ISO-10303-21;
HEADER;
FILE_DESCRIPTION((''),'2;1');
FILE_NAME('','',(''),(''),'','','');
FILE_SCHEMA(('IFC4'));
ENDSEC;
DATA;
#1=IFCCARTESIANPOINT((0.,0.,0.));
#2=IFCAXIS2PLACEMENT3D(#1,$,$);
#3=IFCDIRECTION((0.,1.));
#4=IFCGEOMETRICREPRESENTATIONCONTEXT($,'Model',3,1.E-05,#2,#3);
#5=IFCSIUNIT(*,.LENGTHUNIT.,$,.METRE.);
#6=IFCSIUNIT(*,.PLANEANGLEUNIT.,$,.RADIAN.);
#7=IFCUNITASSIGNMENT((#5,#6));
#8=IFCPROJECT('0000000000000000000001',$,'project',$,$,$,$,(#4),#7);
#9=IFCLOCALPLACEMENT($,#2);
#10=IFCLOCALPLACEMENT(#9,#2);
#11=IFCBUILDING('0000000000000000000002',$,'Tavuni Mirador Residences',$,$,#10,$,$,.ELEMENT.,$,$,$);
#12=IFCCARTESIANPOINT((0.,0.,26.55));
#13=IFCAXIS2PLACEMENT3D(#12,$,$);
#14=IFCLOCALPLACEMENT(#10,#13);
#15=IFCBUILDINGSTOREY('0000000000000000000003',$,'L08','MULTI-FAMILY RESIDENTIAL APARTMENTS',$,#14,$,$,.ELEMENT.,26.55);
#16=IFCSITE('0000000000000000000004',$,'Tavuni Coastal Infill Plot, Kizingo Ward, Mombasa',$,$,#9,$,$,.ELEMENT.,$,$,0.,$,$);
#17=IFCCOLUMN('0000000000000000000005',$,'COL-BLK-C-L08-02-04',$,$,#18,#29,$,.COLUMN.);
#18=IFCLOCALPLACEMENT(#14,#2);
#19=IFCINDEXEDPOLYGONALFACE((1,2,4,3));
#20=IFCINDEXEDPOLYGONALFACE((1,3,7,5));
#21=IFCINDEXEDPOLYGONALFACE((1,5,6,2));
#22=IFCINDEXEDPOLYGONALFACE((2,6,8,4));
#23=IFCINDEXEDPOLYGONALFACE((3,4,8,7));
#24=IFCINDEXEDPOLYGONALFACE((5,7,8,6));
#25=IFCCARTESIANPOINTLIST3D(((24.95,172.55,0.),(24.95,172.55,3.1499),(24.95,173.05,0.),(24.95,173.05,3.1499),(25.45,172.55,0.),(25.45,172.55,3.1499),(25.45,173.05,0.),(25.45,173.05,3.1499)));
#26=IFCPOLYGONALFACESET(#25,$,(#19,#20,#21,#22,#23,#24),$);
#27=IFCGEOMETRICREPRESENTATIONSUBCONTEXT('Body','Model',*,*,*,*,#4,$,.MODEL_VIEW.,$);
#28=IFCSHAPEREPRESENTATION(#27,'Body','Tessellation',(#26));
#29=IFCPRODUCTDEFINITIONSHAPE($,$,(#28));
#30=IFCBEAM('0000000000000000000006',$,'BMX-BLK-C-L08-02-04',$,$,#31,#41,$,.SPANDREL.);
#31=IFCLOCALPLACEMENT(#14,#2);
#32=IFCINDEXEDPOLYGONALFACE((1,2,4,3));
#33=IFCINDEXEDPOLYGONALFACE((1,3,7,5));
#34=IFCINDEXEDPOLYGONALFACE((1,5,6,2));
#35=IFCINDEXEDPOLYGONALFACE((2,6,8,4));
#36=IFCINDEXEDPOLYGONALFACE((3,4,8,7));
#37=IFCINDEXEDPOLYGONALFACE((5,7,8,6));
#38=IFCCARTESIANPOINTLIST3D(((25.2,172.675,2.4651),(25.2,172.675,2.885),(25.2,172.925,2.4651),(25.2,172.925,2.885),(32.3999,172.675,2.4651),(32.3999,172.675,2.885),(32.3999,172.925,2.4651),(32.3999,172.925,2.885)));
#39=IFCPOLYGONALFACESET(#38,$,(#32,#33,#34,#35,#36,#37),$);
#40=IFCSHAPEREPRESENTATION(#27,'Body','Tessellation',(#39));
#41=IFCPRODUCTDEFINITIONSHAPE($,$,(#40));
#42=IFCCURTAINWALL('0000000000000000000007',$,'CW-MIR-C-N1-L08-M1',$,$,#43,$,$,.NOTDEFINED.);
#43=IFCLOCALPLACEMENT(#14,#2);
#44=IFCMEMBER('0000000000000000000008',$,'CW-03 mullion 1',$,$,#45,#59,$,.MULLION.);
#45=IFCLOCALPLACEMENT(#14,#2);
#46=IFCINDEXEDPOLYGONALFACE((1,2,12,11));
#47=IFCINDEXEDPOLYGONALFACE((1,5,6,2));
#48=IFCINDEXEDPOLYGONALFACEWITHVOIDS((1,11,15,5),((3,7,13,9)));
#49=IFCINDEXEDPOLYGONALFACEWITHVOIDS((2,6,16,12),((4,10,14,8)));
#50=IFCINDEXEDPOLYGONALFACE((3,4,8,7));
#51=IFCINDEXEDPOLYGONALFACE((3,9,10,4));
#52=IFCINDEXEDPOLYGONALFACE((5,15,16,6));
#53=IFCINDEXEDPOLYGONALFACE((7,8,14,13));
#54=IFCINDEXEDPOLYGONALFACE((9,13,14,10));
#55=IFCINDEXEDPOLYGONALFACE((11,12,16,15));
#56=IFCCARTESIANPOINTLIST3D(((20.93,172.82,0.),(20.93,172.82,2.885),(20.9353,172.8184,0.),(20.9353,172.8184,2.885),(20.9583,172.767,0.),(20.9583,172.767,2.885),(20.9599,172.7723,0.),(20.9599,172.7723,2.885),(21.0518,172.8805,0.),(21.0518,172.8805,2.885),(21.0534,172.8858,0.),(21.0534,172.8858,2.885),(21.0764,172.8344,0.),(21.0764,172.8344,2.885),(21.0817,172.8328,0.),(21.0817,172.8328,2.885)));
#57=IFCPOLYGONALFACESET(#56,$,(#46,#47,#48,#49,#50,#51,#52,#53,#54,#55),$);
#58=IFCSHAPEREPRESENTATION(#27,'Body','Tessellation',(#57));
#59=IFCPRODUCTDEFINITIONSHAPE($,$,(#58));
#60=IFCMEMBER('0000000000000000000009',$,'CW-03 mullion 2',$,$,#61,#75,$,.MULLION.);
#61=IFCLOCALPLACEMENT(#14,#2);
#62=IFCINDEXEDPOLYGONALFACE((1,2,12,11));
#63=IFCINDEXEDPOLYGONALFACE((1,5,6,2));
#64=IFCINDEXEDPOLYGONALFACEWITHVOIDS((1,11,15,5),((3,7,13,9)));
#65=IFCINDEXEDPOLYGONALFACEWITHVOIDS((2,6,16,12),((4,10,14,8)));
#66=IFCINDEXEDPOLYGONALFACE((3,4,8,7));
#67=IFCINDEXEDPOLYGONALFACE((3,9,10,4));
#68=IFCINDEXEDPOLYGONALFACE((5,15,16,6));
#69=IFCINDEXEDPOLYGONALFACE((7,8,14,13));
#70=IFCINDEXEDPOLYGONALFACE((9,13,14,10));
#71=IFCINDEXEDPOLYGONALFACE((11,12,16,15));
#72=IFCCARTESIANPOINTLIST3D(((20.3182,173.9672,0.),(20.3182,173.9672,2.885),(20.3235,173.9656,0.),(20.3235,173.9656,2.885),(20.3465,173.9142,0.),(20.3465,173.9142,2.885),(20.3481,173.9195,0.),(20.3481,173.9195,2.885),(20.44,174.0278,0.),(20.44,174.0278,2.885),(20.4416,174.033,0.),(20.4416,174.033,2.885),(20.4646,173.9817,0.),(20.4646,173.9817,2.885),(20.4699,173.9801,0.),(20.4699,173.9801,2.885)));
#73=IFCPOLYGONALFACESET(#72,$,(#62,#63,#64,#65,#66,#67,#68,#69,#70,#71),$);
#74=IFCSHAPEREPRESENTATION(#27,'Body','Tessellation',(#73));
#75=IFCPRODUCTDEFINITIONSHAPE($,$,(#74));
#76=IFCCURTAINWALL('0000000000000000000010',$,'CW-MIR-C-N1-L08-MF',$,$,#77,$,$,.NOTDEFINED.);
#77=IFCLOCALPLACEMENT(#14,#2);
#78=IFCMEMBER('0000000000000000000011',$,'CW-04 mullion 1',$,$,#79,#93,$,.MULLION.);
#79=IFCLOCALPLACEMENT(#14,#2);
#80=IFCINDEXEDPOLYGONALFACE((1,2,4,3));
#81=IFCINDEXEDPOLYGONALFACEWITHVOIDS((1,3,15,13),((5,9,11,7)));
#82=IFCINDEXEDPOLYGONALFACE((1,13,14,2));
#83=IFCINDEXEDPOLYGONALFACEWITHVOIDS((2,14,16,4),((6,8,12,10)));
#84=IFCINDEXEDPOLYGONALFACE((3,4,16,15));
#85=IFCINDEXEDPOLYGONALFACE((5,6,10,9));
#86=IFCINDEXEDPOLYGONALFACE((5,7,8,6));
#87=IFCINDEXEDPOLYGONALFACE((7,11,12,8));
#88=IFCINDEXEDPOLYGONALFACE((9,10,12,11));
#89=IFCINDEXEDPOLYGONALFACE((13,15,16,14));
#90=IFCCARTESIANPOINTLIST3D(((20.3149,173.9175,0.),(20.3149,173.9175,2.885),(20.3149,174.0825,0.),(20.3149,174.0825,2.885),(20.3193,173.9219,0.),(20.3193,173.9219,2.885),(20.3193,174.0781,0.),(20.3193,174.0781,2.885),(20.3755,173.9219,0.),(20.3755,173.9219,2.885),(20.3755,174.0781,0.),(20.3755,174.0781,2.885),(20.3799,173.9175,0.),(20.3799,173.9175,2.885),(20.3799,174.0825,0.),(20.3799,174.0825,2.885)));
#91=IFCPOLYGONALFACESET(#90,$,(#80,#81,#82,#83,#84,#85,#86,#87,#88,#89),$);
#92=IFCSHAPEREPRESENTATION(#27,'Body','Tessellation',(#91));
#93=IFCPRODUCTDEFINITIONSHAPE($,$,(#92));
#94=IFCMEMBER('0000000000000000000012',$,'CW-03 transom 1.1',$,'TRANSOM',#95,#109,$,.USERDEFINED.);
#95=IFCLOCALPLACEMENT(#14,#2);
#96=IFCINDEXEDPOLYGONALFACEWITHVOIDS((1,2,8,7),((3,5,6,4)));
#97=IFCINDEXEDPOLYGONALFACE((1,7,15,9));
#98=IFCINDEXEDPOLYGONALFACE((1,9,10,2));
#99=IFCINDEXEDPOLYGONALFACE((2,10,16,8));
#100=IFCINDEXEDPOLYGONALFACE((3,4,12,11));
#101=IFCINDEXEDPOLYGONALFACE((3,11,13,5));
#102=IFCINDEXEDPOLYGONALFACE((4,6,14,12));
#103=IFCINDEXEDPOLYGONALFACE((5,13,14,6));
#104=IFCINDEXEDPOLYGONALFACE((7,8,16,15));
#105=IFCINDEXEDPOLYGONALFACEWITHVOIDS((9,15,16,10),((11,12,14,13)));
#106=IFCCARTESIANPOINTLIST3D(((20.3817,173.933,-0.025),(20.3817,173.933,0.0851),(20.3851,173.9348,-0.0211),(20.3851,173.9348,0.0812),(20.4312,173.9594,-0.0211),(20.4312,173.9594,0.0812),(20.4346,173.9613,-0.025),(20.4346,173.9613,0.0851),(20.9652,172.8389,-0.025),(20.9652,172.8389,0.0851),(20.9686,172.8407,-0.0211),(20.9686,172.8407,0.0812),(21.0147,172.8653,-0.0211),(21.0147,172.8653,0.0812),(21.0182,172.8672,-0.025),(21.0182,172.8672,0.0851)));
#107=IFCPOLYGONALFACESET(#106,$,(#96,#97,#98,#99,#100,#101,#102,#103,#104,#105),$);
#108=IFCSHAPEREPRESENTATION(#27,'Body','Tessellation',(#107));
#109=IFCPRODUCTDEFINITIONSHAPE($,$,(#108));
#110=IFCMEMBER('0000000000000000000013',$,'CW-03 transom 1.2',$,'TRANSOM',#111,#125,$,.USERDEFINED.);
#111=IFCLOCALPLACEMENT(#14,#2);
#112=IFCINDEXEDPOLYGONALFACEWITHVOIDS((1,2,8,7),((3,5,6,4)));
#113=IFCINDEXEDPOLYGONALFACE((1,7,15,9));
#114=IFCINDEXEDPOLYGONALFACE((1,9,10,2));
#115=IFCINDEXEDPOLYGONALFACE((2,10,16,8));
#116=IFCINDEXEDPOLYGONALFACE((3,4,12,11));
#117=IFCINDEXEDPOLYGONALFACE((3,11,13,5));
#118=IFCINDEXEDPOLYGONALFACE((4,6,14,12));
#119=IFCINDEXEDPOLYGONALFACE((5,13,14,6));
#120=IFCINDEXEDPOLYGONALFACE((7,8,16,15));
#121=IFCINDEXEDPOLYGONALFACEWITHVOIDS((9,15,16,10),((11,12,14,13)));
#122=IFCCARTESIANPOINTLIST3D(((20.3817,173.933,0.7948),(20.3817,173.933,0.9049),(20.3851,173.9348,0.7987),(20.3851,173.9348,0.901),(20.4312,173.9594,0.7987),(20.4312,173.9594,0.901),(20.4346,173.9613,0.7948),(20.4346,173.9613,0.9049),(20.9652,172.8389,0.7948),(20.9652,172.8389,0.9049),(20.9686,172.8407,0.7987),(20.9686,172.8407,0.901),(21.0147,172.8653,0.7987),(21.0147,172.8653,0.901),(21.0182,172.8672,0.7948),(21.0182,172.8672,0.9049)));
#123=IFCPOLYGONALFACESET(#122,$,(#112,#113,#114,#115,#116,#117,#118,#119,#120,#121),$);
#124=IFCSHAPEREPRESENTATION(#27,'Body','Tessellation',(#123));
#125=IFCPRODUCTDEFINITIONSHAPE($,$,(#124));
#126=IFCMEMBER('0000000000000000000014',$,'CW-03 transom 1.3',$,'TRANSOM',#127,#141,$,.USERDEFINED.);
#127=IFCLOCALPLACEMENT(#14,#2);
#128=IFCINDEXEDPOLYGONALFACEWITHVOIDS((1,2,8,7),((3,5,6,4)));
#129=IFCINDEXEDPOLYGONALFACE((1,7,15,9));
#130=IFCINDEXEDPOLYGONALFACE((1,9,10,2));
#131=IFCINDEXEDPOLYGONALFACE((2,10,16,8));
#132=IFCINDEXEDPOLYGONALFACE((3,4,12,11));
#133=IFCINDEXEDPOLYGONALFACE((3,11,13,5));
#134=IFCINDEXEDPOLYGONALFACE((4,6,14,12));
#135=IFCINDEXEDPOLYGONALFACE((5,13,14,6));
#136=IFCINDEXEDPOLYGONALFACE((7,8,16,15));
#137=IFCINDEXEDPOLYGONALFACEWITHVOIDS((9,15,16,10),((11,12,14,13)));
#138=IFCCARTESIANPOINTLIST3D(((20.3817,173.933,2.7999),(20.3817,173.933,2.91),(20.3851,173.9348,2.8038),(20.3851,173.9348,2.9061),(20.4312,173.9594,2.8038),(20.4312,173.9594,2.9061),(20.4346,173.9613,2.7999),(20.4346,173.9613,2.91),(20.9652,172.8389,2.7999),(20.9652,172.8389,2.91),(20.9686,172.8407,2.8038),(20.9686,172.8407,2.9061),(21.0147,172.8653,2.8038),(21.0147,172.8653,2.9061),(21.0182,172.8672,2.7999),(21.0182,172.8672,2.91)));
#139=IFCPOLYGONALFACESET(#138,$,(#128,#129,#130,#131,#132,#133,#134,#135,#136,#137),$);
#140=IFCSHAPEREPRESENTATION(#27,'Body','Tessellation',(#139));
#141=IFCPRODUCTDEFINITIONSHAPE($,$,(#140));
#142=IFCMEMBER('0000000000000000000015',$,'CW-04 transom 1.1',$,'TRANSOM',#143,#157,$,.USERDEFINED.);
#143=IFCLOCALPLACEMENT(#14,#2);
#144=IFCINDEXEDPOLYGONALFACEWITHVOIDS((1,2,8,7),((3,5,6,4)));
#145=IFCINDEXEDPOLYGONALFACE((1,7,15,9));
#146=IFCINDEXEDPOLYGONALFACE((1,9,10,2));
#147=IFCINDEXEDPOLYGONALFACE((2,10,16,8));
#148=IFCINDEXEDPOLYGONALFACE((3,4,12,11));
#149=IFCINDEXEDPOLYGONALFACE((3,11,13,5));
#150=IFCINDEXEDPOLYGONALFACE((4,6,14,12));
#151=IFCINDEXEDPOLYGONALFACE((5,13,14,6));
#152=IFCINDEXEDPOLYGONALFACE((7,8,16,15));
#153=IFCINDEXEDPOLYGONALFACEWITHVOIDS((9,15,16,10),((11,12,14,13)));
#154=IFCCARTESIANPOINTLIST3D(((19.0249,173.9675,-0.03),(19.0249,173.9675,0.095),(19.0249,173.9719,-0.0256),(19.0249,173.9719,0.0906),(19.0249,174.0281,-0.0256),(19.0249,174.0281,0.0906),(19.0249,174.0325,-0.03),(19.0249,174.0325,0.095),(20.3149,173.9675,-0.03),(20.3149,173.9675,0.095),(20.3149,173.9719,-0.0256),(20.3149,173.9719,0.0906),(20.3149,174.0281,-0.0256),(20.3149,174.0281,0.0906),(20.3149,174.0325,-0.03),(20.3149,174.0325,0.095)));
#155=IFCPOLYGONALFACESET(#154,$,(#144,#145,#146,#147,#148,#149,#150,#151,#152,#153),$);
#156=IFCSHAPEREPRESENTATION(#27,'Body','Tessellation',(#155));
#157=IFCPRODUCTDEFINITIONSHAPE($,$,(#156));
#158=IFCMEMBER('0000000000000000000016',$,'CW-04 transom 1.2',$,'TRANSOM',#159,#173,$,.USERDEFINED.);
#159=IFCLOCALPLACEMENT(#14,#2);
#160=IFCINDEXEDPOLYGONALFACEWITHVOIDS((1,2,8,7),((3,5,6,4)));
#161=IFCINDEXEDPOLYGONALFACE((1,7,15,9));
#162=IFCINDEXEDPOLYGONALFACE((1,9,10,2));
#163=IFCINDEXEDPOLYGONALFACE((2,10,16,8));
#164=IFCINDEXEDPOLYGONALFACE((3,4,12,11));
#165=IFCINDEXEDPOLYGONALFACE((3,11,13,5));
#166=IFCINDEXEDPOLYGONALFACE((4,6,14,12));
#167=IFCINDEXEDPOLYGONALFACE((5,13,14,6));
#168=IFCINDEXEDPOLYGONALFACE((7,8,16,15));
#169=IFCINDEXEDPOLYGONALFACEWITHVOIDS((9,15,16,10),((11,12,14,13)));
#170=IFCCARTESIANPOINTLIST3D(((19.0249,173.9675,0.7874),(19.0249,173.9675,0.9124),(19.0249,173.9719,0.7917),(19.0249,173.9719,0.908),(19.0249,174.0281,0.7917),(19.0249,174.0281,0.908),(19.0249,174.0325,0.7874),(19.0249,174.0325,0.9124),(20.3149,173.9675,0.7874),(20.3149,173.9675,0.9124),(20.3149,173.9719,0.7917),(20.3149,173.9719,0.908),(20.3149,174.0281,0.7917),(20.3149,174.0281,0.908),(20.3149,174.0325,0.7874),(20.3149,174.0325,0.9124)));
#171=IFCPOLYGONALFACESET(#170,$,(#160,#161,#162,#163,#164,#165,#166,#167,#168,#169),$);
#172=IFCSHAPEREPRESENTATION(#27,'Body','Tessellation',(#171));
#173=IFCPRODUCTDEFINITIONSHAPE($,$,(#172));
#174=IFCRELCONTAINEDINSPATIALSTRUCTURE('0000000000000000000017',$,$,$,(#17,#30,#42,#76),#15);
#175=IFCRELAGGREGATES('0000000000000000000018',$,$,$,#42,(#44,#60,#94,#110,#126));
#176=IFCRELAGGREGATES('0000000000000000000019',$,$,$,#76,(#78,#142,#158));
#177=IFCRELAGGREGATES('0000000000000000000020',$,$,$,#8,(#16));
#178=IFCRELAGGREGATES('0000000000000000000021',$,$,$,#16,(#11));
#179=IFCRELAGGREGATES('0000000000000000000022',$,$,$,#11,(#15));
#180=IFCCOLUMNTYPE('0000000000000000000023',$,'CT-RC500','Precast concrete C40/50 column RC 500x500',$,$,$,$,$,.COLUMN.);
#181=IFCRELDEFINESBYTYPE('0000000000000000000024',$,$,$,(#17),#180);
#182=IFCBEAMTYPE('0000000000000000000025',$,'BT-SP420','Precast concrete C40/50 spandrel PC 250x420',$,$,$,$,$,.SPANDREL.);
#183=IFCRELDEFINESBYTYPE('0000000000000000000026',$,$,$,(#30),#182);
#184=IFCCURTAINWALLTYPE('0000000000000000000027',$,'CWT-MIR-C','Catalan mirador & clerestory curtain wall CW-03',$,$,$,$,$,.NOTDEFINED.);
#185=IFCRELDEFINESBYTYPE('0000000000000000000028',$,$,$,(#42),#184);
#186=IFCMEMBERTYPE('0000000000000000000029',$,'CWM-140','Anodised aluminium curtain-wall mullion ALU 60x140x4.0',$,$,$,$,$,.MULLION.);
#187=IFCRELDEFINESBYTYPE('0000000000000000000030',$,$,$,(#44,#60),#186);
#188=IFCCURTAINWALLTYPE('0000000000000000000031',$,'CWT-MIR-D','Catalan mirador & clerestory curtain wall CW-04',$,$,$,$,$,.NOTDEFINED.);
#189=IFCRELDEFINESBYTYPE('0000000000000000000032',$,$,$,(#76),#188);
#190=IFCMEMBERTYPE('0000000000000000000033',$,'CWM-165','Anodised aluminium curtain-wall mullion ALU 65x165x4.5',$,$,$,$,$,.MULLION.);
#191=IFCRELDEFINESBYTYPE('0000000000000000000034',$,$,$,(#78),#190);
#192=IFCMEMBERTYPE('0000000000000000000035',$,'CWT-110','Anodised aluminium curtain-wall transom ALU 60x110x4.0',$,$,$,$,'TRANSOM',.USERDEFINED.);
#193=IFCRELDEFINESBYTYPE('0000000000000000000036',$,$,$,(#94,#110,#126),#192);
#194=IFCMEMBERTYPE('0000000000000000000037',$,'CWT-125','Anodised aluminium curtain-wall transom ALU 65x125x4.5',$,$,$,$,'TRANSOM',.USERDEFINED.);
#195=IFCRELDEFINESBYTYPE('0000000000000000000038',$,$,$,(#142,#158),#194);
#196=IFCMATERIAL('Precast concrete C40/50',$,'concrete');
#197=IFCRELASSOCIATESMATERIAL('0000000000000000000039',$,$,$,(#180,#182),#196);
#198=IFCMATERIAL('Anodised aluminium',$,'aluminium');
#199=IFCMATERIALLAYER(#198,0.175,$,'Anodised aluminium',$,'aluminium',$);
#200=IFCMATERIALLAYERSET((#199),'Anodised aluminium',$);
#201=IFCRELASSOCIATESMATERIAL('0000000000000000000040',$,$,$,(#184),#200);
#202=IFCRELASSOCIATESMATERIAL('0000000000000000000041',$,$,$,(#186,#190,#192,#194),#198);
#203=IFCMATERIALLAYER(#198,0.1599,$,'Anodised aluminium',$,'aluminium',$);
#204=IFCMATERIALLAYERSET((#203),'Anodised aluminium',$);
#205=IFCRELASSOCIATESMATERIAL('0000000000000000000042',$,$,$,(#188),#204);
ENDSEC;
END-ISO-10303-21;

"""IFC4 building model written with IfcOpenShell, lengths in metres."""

from ifc_helpers import new_model, si_unit, direction, frame, origin, origin_2d, place, context, subcontext, project, spatial, rectangle, hollow_rectangle, extrude, material, layer, layer_set, material_profile, profile_set, type_object, element, aggregate, save


model = new_model("IFC4")

# Units and contexts
model_context = context("Model", 3, precision=1e-05, world=origin(), true_north=direction((0.0, 1.0)))
body_context = subcontext(model_context, "Body", "Model", "MODEL_VIEW")
ifc_project = project(units=[si_unit("LENGTHUNIT", "METRE"), si_unit("PLANEANGLEUNIT", "RADIAN")], contexts=[model_context])

# Site, building, storey
site_placement = place(None, origin())
site = spatial("IfcSite", under=ifc_project, at=site_placement, Name="Tavuni Coastal Infill Plot, Kizingo Ward, Mombasa", CompositionType="ELEMENT", RefElevation=0.0)
building_placement = place(site_placement, origin())
building = spatial("IfcBuilding", under=site, at=building_placement, Name="Tavuni Mirador Residences", CompositionType="ELEMENT")
storey_placement = place(building_placement, frame((0.0, 0.0, 26.55)))
storey = spatial("IfcBuildingStorey", under=building, at=storey_placement, Name="L08", Description="MULTI-FAMILY RESIDENTIAL APARTMENTS", CompositionType="ELEMENT", Elevation=26.55)

# Column
ifc_material_1 = material(Name="Precast concrete C40/50", Category="concrete")
ifc_material_profile_1 = material_profile(ifc_material_1, rectangle(XDim=0.5, YDim=0.5, at=origin_2d()), Name="RC 500x500", Category="concrete")
ifc_profile_set_1 = profile_set([ifc_material_profile_1], Name="Precast concrete C40/50")
column_type = type_object("IfcColumnType", Name="CT-RC500", Description="Precast concrete C40/50 column RC 500x500", PredefinedType="COLUMN", material=ifc_profile_set_1)
column_placement = place(storey_placement, frame((25.2, 172.8, 0.0), z_axis=(0.0, 0.0, 1.0), x_axis=(1.0, 0.0, 0.0)))
element("IfcColumn", 1, at=column_placement, inside=storey, type_object=column_type, Name="COL-BLK-C-L08-02-04", PredefinedType="COLUMN", context=body_context, shape_type="SweptSolid", body=[
    extrude(rectangle(XDim=0.5, YDim=0.5, at=origin_2d()), origin(), (0.0, 0.0, 1.0), 3.1499),
])

# Beam
ifc_material_profile_2 = material_profile(ifc_material_1, rectangle(XDim=0.25, YDim=0.4199, at=origin_2d()), Name="PC 250x420", Category="concrete")
ifc_profile_set_2 = profile_set([ifc_material_profile_2], Name="Precast concrete C40/50")
beam_type = type_object("IfcBeamType", Name="BT-SP420", Description="Precast concrete C40/50 spandrel PC 250x420", PredefinedType="SPANDREL", material=ifc_profile_set_2)
beam_placement = place(storey_placement, frame((25.2, 172.8, 2.675), z_axis=(1.0, 0.0, 0.0), x_axis=(0.0, 1.0, 0.0)))
element("IfcBeam", 2, at=beam_placement, inside=storey, type_object=beam_type, Name="BMX-BLK-C-L08-02-04", PredefinedType="SPANDREL", context=body_context, shape_type="SweptSolid", body=[
    extrude(rectangle(XDim=0.25, YDim=0.4199, at=origin_2d()), origin(), (0.0, 0.0, 1.0), 7.2),
])

# Curtain wall, members
ifc_material_2 = material(Name="Anodised aluminium", Category="aluminium")
ifc_layer_1 = layer(ifc_material_2, 0.175, Name="Anodised aluminium", Category="aluminium")
ifc_layer_set_1 = layer_set([ifc_layer_1], Name="Anodised aluminium")
curtain_wall_type_1 = type_object("IfcCurtainWallType", Name="CWT-MIR-C", Description="Catalan mirador & clerestory curtain wall CW-03", PredefinedType="NOTDEFINED", material=ifc_layer_set_1)
curtain_wall_1_placement = place(storey_placement, origin())
curtain_wall_1 = element("IfcCurtainWall", 3, at=curtain_wall_1_placement, inside=storey, type_object=curtain_wall_type_1, Name="CW-MIR-C-N1-L08-M1", PredefinedType="NOTDEFINED")
ifc_material_profile_3 = material_profile(ifc_material_2, hollow_rectangle(XDim=0.0601, YDim=0.1399, WallThickness=0.0039, at=origin_2d()), Name="ALU 60x140x4.0", Category="aluminium")
ifc_profile_set_3 = profile_set([ifc_material_profile_3], Name="Anodised aluminium")
member_type_1 = type_object("IfcMemberType", Name="CWM-140", Description="Anodised aluminium curtain-wall mullion ALU 60x140x4.0", PredefinedType="MULLION", material=ifc_profile_set_3)
member_1_placement = place(storey_placement, frame((21.0059, 172.8264, 0.0), z_axis=(0.0, 0.0, 1.0), x_axis=(-0.470588, 0.882353, 0.0)))
member_1 = element("IfcMember", 4, at=member_1_placement, type_object=member_type_1, Name="CW-03 mullion 1", PredefinedType="MULLION", context=body_context, shape_type="SweptSolid", body=[
    extrude(hollow_rectangle(XDim=0.0601, YDim=0.1399, WallThickness=0.0039, at=origin_2d()), origin(), (0.0, 0.0, 1.0), 2.885),
])
member_2_placement = place(storey_placement, frame((20.394, 173.9736, 0.0), z_axis=(0.0, 0.0, 1.0), x_axis=(-0.470588, 0.882353, 0.0)))
member_2 = element("IfcMember", 5, at=member_2_placement, type_object=member_type_1, Name="CW-03 mullion 2", PredefinedType="MULLION", context=body_context, shape_type="SweptSolid", body=[
    extrude(hollow_rectangle(XDim=0.0601, YDim=0.1399, WallThickness=0.0039, at=origin_2d()), origin(), (0.0, 0.0, 1.0), 2.885),
])

# Curtain wall, member
ifc_layer_2 = layer(ifc_material_2, 0.1599, Name="Anodised aluminium", Category="aluminium")
ifc_layer_set_2 = layer_set([ifc_layer_2], Name="Anodised aluminium")
curtain_wall_type_2 = type_object("IfcCurtainWallType", Name="CWT-MIR-D", Description="Catalan mirador & clerestory curtain wall CW-04", PredefinedType="NOTDEFINED", material=ifc_layer_set_2)
curtain_wall_2_placement = place(storey_placement, origin())
curtain_wall_2 = element("IfcCurtainWall", 6, at=curtain_wall_2_placement, inside=storey, type_object=curtain_wall_type_2, Name="CW-MIR-C-N1-L08-MF", PredefinedType="NOTDEFINED")
ifc_material_profile_4 = material_profile(ifc_material_2, hollow_rectangle(XDim=0.0649, YDim=0.165, WallThickness=0.0044, at=origin_2d()), Name="ALU 65x165x4.5", Category="aluminium")
ifc_profile_set_4 = profile_set([ifc_material_profile_4], Name="Anodised aluminium")
member_type_2 = type_object("IfcMemberType", Name="CWM-165", Description="Anodised aluminium curtain-wall mullion ALU 65x165x4.5", PredefinedType="MULLION", material=ifc_profile_set_4)
member_3_placement = place(storey_placement, frame((20.3474, 174.0, 0.0), z_axis=(0.0, 0.0, 1.0), x_axis=(-1.0, 0.0, 0.0)))
member_3 = element("IfcMember", 7, at=member_3_placement, type_object=member_type_2, Name="CW-04 mullion 1", PredefinedType="MULLION", context=body_context, shape_type="SweptSolid", body=[
    extrude(hollow_rectangle(XDim=0.0649, YDim=0.165, WallThickness=0.0044, at=origin_2d()), origin(), (0.0, 0.0, 1.0), 2.885),
])

# Members
ifc_material_profile_5 = material_profile(ifc_material_2, hollow_rectangle(XDim=0.0601, YDim=0.1101, WallThickness=0.0039, at=origin_2d()), Name="ALU 60x110x4.0", Category="aluminium")
ifc_profile_set_5 = profile_set([ifc_material_profile_5], Name="Anodised aluminium")
member_type_3 = type_object("IfcMemberType", Name="CWT-110", Description="Anodised aluminium curtain-wall transom ALU 60x110x4.0", ElementType="TRANSOM", PredefinedType="USERDEFINED", material=ifc_profile_set_5)
member_4_placement = place(storey_placement, frame((20.9917, 172.853, 0.03), z_axis=(-0.470609, 0.882342, 0.0), x_axis=(-0.882342, -0.470609, 0.0)))
member_4 = element("IfcMember", 8, at=member_4_placement, type_object=member_type_3, Name="CW-03 transom 1.1", ObjectType="TRANSOM", PredefinedType="USERDEFINED", context=body_context, shape_type="SweptSolid", body=[
    extrude(hollow_rectangle(XDim=0.0601, YDim=0.1101, WallThickness=0.0039, at=origin_2d()), origin(), (0.0, 0.0, 1.0), 1.24),
])
member_5_placement = place(storey_placement, frame((20.9917, 172.853, 0.8499), z_axis=(-0.470609, 0.882342, 0.0), x_axis=(-0.882342, -0.470609, 0.0)))
member_5 = element("IfcMember", 9, at=member_5_placement, type_object=member_type_3, Name="CW-03 transom 1.2", ObjectType="TRANSOM", PredefinedType="USERDEFINED", context=body_context, shape_type="SweptSolid", body=[
    extrude(hollow_rectangle(XDim=0.0601, YDim=0.1101, WallThickness=0.0039, at=origin_2d()), origin(), (0.0, 0.0, 1.0), 1.24),
])
member_6_placement = place(storey_placement, frame((20.9917, 172.853, 2.855), z_axis=(-0.470609, 0.882342, 0.0), x_axis=(-0.882342, -0.470609, 0.0)))
member_6 = element("IfcMember", 10, at=member_6_placement, type_object=member_type_3, Name="CW-03 transom 1.3", ObjectType="TRANSOM", PredefinedType="USERDEFINED", context=body_context, shape_type="SweptSolid", body=[
    extrude(hollow_rectangle(XDim=0.0601, YDim=0.1101, WallThickness=0.0039, at=origin_2d()), origin(), (0.0, 0.0, 1.0), 1.24),
])
ifc_material_profile_6 = material_profile(ifc_material_2, hollow_rectangle(XDim=0.0649, YDim=0.125, WallThickness=0.0044, at=origin_2d()), Name="ALU 65x125x4.5", Category="aluminium")
ifc_profile_set_6 = profile_set([ifc_material_profile_6], Name="Anodised aluminium")
member_type_4 = type_object("IfcMemberType", Name="CWT-125", Description="Anodised aluminium curtain-wall transom ALU 65x125x4.5", ElementType="TRANSOM", PredefinedType="USERDEFINED", material=ifc_profile_set_6)
member_7_placement = place(storey_placement, frame((20.3149, 174.0, 0.0325), z_axis=(-1.0, 0.0, 0.0), x_axis=(0.0, -1.0, 0.0)))
member_7 = element("IfcMember", 11, at=member_7_placement, type_object=member_type_4, Name="CW-04 transom 1.1", ObjectType="TRANSOM", PredefinedType="USERDEFINED", context=body_context, shape_type="SweptSolid", body=[
    extrude(hollow_rectangle(XDim=0.0649, YDim=0.125, WallThickness=0.0044, at=origin_2d()), origin(), (0.0, 0.0, 1.0), 1.29),
])
member_8_placement = place(storey_placement, frame((20.3149, 174.0, 0.8499), z_axis=(-1.0, 0.0, 0.0), x_axis=(0.0, -1.0, 0.0)))
member_8 = element("IfcMember", 12, at=member_8_placement, type_object=member_type_4, Name="CW-04 transom 1.2", ObjectType="TRANSOM", PredefinedType="USERDEFINED", context=body_context, shape_type="SweptSolid", body=[
    extrude(hollow_rectangle(XDim=0.0649, YDim=0.125, WallThickness=0.0044, at=origin_2d()), origin(), (0.0, 0.0, 1.0), 1.29),
])

aggregate(curtain_wall_1, [member_1, member_2, member_4, member_5, member_6])
aggregate(curtain_wall_2, [member_3, member_7, member_8])

save(model, "model.ifc")
